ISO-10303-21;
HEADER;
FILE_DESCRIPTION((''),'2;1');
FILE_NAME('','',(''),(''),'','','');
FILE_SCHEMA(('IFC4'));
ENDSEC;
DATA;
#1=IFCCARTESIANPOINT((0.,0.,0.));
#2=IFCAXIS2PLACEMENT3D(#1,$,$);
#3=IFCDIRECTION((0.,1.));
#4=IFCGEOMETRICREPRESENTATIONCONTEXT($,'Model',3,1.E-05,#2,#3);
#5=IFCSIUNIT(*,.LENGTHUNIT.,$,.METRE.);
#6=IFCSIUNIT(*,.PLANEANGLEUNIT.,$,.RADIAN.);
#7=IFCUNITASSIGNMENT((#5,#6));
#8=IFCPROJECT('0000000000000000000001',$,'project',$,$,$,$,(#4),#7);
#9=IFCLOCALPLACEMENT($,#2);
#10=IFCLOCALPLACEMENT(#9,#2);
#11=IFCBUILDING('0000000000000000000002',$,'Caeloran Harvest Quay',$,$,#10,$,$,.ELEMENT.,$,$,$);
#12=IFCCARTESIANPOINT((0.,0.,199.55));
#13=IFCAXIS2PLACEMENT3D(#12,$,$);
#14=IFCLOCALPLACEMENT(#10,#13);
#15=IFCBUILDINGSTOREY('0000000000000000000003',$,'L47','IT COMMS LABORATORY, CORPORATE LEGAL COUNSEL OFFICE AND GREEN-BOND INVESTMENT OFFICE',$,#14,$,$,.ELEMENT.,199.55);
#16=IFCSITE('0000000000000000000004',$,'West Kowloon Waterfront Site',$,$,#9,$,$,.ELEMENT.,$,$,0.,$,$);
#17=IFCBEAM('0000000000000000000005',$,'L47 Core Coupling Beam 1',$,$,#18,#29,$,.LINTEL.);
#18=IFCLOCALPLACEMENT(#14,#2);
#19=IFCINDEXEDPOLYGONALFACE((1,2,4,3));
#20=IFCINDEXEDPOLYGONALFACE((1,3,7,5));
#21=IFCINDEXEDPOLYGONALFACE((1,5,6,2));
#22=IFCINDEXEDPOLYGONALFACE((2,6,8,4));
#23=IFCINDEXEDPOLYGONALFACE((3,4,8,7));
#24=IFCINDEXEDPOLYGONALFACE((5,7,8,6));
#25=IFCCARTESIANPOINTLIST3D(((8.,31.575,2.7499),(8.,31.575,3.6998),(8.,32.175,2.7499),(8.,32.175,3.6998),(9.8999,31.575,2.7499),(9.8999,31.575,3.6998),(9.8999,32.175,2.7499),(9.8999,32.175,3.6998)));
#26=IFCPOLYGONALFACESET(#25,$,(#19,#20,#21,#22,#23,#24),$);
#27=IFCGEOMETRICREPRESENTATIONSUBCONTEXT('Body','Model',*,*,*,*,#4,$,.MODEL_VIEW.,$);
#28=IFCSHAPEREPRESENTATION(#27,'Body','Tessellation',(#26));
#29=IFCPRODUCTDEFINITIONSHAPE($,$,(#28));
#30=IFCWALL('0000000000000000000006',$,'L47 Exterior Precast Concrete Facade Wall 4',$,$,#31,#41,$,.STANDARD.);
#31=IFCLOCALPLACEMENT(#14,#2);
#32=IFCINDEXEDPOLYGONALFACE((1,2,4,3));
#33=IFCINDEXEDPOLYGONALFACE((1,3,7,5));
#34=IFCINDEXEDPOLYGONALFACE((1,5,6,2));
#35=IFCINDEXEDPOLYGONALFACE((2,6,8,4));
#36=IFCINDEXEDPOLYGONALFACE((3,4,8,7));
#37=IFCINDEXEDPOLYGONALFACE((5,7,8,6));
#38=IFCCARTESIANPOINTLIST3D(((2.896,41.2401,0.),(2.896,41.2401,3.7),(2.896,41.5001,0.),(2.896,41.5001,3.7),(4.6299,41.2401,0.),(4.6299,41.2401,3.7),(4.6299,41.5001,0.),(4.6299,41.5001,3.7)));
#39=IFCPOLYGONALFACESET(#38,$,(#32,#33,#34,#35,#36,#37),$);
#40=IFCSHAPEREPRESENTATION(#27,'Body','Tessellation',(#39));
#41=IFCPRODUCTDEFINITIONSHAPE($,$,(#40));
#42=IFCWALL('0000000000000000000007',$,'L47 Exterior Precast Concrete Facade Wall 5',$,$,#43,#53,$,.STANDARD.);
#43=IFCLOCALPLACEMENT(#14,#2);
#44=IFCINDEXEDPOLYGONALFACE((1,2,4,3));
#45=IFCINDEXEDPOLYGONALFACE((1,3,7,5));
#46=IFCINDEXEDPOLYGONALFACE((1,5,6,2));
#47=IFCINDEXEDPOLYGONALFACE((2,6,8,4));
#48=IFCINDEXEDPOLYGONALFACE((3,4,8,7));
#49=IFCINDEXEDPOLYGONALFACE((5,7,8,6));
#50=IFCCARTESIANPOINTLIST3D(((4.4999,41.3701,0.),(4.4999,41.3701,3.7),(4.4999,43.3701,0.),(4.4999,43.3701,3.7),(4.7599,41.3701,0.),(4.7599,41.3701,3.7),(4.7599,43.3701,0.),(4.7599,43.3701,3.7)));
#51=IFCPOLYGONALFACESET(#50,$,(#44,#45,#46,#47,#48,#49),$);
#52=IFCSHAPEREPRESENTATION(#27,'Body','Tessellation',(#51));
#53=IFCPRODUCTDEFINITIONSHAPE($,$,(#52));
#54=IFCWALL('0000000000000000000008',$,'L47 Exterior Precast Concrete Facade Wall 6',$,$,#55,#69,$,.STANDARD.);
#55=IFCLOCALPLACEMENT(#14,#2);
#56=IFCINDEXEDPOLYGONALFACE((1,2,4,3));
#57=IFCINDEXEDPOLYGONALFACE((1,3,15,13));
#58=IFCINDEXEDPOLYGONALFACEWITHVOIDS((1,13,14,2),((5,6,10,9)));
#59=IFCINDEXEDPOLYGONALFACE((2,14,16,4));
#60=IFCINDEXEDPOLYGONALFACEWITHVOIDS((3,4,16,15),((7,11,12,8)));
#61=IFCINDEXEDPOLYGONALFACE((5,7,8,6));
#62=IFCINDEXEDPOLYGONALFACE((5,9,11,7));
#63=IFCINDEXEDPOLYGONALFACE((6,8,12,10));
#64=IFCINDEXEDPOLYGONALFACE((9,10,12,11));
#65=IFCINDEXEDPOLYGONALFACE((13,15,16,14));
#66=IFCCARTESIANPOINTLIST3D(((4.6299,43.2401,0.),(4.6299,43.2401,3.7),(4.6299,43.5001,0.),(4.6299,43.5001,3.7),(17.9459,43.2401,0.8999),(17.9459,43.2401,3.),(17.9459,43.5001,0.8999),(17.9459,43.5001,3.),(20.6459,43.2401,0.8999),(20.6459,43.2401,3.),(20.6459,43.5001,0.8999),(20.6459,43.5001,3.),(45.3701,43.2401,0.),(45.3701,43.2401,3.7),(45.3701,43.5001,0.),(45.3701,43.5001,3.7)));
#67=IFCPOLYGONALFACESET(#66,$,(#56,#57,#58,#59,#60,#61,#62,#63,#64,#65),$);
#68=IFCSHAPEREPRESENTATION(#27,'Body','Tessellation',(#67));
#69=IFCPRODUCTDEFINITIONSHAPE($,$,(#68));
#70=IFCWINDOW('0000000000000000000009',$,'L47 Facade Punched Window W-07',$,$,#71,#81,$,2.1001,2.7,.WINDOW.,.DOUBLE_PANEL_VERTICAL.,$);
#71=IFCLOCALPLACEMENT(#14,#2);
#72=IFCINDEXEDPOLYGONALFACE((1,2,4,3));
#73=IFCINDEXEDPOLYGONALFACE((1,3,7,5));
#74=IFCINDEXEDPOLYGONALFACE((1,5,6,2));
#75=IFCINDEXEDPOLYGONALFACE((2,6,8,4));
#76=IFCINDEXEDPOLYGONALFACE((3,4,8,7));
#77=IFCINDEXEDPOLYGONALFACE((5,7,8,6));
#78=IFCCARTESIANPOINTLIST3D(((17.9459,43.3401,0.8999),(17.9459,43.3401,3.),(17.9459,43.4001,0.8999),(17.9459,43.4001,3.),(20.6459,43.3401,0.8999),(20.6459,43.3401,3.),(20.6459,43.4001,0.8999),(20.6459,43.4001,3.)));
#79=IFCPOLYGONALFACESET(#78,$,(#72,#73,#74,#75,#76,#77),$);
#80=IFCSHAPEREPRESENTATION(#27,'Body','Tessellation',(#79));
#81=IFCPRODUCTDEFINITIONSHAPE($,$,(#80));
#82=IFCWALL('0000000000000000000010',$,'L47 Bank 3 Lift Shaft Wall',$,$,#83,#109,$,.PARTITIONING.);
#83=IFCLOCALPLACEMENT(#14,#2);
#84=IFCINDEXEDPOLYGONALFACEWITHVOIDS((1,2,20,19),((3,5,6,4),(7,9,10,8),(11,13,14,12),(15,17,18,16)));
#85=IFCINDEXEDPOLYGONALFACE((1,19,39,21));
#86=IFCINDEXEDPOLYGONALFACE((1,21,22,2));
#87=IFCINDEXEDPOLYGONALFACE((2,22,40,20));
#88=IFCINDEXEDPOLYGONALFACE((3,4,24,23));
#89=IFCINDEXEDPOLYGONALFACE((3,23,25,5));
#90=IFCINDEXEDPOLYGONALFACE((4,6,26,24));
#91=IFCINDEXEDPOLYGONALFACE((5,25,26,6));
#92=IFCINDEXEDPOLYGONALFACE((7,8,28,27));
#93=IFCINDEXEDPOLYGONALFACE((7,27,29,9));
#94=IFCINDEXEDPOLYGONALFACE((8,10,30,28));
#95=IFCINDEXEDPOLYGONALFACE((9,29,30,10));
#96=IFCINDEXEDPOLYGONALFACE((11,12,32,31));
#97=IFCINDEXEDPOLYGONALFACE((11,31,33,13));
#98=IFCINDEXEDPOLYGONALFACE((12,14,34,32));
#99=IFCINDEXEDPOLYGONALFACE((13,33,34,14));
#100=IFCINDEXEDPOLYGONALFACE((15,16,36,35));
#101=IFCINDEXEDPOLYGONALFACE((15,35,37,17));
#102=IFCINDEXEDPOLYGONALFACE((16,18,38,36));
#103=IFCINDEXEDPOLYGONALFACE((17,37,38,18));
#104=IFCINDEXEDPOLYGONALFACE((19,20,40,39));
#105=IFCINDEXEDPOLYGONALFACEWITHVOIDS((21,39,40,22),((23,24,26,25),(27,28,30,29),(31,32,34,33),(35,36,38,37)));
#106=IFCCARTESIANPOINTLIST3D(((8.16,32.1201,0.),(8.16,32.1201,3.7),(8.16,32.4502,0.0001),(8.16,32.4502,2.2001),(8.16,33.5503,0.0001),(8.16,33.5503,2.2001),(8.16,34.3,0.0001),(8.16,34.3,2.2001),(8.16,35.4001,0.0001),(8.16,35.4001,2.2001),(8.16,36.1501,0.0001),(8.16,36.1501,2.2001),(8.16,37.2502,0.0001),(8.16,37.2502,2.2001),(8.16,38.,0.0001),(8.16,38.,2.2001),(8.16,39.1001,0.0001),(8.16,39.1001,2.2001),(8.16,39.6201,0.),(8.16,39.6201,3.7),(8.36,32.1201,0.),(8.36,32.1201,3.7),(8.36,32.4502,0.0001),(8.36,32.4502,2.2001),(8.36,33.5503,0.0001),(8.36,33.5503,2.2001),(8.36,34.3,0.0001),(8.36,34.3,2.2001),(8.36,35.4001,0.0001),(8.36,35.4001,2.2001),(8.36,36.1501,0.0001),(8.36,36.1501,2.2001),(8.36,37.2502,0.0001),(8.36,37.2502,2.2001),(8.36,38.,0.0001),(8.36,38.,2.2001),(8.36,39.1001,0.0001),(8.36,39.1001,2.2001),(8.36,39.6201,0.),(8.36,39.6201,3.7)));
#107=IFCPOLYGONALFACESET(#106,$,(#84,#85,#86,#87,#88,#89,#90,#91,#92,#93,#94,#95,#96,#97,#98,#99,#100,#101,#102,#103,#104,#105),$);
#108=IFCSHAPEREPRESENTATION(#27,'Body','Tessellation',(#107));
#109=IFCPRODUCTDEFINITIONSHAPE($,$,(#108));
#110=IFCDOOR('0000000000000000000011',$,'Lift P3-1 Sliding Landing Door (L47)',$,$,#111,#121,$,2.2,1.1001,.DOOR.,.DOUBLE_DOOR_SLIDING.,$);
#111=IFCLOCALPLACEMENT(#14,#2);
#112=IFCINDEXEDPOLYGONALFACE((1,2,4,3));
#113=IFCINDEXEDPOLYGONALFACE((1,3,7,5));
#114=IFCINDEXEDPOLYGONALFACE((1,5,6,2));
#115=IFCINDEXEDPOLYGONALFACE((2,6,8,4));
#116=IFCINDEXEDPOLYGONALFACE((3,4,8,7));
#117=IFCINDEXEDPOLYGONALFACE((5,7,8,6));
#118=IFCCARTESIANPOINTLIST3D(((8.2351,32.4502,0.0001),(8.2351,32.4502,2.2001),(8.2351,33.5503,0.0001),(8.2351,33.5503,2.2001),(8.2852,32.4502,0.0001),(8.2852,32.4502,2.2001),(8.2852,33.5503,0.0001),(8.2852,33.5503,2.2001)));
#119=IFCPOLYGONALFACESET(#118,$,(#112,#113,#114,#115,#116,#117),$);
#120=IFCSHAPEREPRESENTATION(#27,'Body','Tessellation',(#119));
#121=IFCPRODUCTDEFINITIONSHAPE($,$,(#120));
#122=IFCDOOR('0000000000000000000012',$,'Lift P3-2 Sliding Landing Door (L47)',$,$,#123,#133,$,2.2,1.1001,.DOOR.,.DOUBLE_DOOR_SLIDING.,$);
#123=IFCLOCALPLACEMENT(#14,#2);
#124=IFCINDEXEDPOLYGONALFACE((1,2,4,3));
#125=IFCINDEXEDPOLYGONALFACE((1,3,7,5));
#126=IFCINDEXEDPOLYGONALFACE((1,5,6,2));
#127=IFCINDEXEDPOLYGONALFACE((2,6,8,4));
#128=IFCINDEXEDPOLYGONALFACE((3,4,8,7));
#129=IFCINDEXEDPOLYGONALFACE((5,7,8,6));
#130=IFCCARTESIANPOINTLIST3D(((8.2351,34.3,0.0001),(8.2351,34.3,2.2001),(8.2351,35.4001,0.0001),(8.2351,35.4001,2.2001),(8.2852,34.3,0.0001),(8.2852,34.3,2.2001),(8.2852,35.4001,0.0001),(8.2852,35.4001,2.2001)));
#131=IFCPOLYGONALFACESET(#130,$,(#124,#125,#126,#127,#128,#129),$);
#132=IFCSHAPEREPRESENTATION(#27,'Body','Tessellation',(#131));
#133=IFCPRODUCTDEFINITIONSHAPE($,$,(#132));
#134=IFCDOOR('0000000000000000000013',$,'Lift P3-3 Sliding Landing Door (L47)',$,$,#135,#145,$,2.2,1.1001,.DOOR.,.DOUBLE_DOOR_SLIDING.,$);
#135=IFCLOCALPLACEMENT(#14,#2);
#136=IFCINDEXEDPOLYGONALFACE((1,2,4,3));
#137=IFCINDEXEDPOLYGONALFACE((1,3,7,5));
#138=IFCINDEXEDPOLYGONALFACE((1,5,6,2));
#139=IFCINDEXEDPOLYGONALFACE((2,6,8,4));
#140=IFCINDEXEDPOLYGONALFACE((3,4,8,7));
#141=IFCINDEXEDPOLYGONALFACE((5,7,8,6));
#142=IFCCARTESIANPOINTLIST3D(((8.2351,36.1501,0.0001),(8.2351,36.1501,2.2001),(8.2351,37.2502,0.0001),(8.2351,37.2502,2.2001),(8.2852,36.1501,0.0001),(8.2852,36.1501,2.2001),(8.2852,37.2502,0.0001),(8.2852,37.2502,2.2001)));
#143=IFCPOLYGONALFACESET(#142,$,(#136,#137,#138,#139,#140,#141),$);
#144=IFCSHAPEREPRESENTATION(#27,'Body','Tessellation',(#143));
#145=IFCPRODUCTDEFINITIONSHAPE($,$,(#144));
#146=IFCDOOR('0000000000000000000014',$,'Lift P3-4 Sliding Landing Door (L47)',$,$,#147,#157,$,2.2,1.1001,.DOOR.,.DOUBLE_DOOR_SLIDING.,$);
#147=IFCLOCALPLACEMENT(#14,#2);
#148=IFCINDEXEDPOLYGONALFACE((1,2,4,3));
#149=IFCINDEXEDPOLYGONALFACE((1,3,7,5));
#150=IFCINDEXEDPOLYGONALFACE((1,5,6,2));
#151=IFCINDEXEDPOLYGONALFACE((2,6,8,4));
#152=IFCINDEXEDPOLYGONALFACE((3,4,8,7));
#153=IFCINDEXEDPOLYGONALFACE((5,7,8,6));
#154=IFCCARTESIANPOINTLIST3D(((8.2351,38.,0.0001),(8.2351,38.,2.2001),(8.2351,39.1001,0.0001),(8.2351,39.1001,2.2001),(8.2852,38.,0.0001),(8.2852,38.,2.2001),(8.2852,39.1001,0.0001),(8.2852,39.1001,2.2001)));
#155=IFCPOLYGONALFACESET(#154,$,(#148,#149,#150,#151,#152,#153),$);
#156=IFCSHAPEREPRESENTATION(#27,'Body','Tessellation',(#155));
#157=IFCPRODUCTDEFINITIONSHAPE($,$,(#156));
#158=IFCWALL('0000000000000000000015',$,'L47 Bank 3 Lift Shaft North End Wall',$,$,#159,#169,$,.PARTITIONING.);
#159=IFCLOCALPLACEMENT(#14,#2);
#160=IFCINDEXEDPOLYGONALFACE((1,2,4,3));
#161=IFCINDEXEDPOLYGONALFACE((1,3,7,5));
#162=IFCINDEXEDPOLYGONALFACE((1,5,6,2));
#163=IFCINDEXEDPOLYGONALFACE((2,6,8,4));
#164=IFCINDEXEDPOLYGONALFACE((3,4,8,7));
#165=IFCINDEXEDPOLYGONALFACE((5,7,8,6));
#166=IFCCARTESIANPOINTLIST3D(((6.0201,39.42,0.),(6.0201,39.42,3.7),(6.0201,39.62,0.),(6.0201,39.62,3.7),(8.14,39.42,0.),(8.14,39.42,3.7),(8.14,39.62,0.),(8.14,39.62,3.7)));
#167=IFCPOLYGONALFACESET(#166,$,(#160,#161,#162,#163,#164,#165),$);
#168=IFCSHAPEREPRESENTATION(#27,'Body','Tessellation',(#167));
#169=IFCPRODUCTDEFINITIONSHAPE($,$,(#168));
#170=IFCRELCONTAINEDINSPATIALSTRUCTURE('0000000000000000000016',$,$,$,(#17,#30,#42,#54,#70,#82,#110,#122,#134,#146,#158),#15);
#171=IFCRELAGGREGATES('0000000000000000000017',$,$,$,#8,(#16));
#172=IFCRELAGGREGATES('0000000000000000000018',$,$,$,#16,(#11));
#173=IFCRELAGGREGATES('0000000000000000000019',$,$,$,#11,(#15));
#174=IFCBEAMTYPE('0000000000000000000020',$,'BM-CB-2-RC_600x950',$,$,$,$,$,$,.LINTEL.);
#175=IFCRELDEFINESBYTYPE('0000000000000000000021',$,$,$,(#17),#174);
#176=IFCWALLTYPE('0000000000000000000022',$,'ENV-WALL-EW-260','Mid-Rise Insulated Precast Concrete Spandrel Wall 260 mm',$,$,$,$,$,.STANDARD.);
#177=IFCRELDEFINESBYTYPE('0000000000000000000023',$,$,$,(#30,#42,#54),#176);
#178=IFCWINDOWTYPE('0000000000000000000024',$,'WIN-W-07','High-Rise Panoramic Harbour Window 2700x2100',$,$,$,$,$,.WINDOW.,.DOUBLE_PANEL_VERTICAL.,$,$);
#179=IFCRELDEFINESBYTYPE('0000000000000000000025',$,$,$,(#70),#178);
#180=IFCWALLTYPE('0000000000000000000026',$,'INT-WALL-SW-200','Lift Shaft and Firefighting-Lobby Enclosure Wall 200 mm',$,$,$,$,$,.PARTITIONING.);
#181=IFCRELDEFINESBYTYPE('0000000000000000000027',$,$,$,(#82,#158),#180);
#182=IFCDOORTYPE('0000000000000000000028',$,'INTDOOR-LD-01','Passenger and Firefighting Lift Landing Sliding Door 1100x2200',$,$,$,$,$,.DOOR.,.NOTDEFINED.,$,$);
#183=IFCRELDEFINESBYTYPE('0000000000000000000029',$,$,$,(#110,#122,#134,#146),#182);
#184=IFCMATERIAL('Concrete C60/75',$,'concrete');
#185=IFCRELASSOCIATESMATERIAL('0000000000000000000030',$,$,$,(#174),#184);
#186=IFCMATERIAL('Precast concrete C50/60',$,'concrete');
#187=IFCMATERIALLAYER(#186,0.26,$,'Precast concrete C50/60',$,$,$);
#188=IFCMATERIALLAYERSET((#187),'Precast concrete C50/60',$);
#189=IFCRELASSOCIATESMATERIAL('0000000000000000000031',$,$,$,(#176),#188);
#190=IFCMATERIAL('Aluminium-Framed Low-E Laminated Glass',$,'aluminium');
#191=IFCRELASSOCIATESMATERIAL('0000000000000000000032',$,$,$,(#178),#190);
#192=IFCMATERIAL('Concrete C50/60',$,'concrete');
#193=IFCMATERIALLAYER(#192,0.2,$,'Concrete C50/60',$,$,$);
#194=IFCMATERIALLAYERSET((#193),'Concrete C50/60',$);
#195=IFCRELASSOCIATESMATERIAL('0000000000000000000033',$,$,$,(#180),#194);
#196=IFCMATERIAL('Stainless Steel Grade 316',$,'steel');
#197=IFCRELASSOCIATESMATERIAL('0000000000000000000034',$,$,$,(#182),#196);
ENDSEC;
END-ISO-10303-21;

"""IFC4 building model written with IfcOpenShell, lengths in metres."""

from ifc_helpers import new_model, si_unit, direction, frame, frame_2d, origin, origin_2d, place, context, subcontext, project, spatial, rectangle, extrude, material, layer, layer_set, material_profile, profile_set, type_object, element, fill, save


model = new_model("IFC4")

# Units and contexts
model_context = context("Model", 3, precision=1e-05, world=origin(), true_north=direction((0.0, 1.0)))
body_context = subcontext(model_context, "Body", "Model", "MODEL_VIEW")
ifc_project = project(units=[si_unit("LENGTHUNIT", "METRE"), si_unit("PLANEANGLEUNIT", "RADIAN")], contexts=[model_context])

# Site, building, storey
site_placement = place(None, origin())
site = spatial("IfcSite", under=ifc_project, at=site_placement, Name="West Kowloon Waterfront Site", CompositionType="ELEMENT", RefElevation=0.0)
building_placement = place(site_placement, origin())
building = spatial("IfcBuilding", under=site, at=building_placement, Name="Caeloran Harvest Quay", CompositionType="ELEMENT")
storey_placement = place(building_placement, frame((0.0, 0.0, 199.55)))
storey = spatial("IfcBuildingStorey", under=building, at=storey_placement, Name="L47", Description="IT COMMS LABORATORY, CORPORATE LEGAL COUNSEL OFFICE AND GREEN-BOND INVESTMENT OFFICE", CompositionType="ELEMENT", Elevation=199.55)

# Beam
ifc_material_1 = material(Name="Concrete C60/75", Category="concrete")
ifc_material_profile = material_profile(ifc_material_1, rectangle(XDim=0.6001, YDim=0.95, at=origin_2d()), Name="RC 600x950")
ifc_profile_set = profile_set([ifc_material_profile], Name="Concrete C60/75")
beam_type = type_object("IfcBeamType", Name="BM-CB-2-RC_600x950", PredefinedType="LINTEL", material=ifc_profile_set)
beam_placement = place(storey_placement, frame((8.0, 31.875, 3.2249), z_axis=(1.0, 0.0, 0.0), x_axis=(0.0, 1.0, 0.0)))
element("IfcBeam", 1, at=beam_placement, inside=storey, type_object=beam_type, Name="L47 Core Coupling Beam 1", PredefinedType="LINTEL", context=body_context, shape_type="SweptSolid", body=[
    extrude(rectangle(XDim=0.6001, YDim=0.95, at=origin_2d()), origin(), (0.0, 0.0, 1.0), 1.8999),
])

# Walls
ifc_material_2 = material(Name="Precast concrete C50/60", Category="concrete")
ifc_layer_1 = layer(ifc_material_2, 0.26, Name="Precast concrete C50/60")
ifc_layer_set_1 = layer_set([ifc_layer_1], Name="Precast concrete C50/60")
wall_type_1 = type_object("IfcWallType", Name="ENV-WALL-EW-260", Description="Mid-Rise Insulated Precast Concrete Spandrel Wall 260 mm", PredefinedType="STANDARD", material=ifc_layer_set_1)
wall_1_placement = place(storey_placement, frame((2.896, 41.3701, 0.0), z_axis=(0.0, 0.0, 1.0), x_axis=(1.0, 0.0, 0.0)))
element("IfcWall", 2, at=wall_1_placement, inside=storey, type_object=wall_type_1, Name="L47 Exterior Precast Concrete Facade Wall 4", PredefinedType="STANDARD", context=body_context, shape_type="SweptSolid", body=[
    extrude(rectangle(XDim=1.7339, YDim=0.26, at=frame_2d((0.8669, 0.0))), origin(), (0.0, 0.0, 1.0), 3.7),
])
wall_2_placement = place(storey_placement, frame((4.6299, 41.3701, 0.0), z_axis=(0.0, 0.0, 1.0), x_axis=(0.0, 1.0, 0.0)))
element("IfcWall", 3, at=wall_2_placement, inside=storey, type_object=wall_type_1, Name="L47 Exterior Precast Concrete Facade Wall 5", PredefinedType="STANDARD", context=body_context, shape_type="SweptSolid", body=[
    extrude(rectangle(XDim=2.0, YDim=0.26, at=frame_2d((1.0, 0.0))), origin(), (0.0, 0.0, 1.0), 3.7),
])

# Wall, opening, window
wall_3_placement = place(storey_placement, frame((4.6299, 43.3701, 0.0), z_axis=(0.0, 0.0, 1.0), x_axis=(1.0, 0.0, 0.0)))
wall_3 = element("IfcWall", 4, at=wall_3_placement, inside=storey, type_object=wall_type_1, Name="L47 Exterior Precast Concrete Facade Wall 6", PredefinedType="STANDARD", context=body_context, shape_type="SweptSolid", body=[
    extrude(rectangle(XDim=40.7402, YDim=0.26, at=frame_2d((20.3701, 0.0))), origin(), (0.0, 0.0, 1.0), 3.7),
])
opening_1_placement = place(wall_3_placement, frame((13.3159, 0.0, 0.8999)))
opening_1 = element("IfcOpeningElement", 5, at=opening_1_placement, cuts=wall_3, PredefinedType="OPENING", context=body_context, shape_type="SweptSolid", body=[
    extrude(rectangle(XDim=2.7, YDim=2.1001, at=frame_2d((1.3501, 1.05))), frame((0.0, 0.1401, 0.0), z_axis=(0.0, -1.0, 0.0), x_axis=(1.0, 0.0, 0.0)), (0.0, 0.0, 1.0), 0.28),
])
ifc_material_3 = material(Name="Aluminium-Framed Low-E Laminated Glass", Category="aluminium")
window_type = type_object("IfcWindowType", Name="WIN-W-07", Description="High-Rise Panoramic Harbour Window 2700x2100", PartitioningType="DOUBLE_PANEL_VERTICAL", PredefinedType="WINDOW", material=ifc_material_3)
window_placement = place(opening_1_placement, origin())
window = element("IfcWindow", 6, at=window_placement, inside=storey, type_object=window_type, Name="L47 Facade Punched Window W-07", OverallHeight=2.1001, OverallWidth=2.7, PartitioningType="DOUBLE_PANEL_VERTICAL", PredefinedType="WINDOW", context=body_context, shape_type="SweptSolid", body=[
    extrude(rectangle(XDim=2.7, YDim=2.1001, at=frame_2d((1.3501, 1.05))), frame((0.0, 0.03, 0.0), z_axis=(0.0, -1.0, 0.0), x_axis=(1.0, 0.0, 0.0)), (0.0, 0.0, 1.0), 0.0601),
])
fill(opening_1, window)

# Wall, openings, doors
ifc_material_4 = material(Name="Concrete C50/60", Category="concrete")
ifc_layer_2 = layer(ifc_material_4, 0.2, Name="Concrete C50/60")
ifc_layer_set_2 = layer_set([ifc_layer_2], Name="Concrete C50/60")
wall_type_2 = type_object("IfcWallType", Name="INT-WALL-SW-200", Description="Lift Shaft and Firefighting-Lobby Enclosure Wall 200 mm", PredefinedType="PARTITIONING", material=ifc_layer_set_2)
wall_4_placement = place(storey_placement, frame((8.26, 32.1201, 0.0), z_axis=(0.0, 0.0, 1.0), x_axis=(0.0, 1.0, 0.0)))
wall_4 = element("IfcWall", 7, at=wall_4_placement, inside=storey, type_object=wall_type_2, Name="L47 Bank 3 Lift Shaft Wall", PredefinedType="PARTITIONING", context=body_context, shape_type="SweptSolid", body=[
    extrude(rectangle(XDim=7.5, YDim=0.2, at=frame_2d((3.75, 0.0))), origin(), (0.0, 0.0, 1.0), 3.7),
])
opening_2_placement = place(wall_4_placement, frame((0.3301, 0.0, 0.0)))
opening_2 = element("IfcOpeningElement", 8, at=opening_2_placement, cuts=wall_4, PredefinedType="OPENING", context=body_context, shape_type="SweptSolid", body=[
    extrude(rectangle(XDim=1.1001, YDim=2.2, at=frame_2d((0.55, 1.1001))), frame((0.0, 0.1099, 0.0), z_axis=(0.0, -1.0, 0.0), x_axis=(1.0, 0.0, 0.0)), (0.0, 0.0, 1.0), 0.22),
])
opening_3_placement = place(wall_4_placement, frame((2.1799, 0.0, 0.0)))
opening_3 = element("IfcOpeningElement", 9, at=opening_3_placement, cuts=wall_4, PredefinedType="OPENING", context=body_context, shape_type="SweptSolid", body=[
    extrude(rectangle(XDim=1.1001, YDim=2.2, at=frame_2d((0.55, 1.1001))), frame((0.0, 0.1099, 0.0), z_axis=(0.0, -1.0, 0.0), x_axis=(1.0, 0.0, 0.0)), (0.0, 0.0, 1.0), 0.22),
])
opening_4_placement = place(wall_4_placement, frame((4.03, 0.0, 0.0)))
opening_4 = element("IfcOpeningElement", 10, at=opening_4_placement, cuts=wall_4, PredefinedType="OPENING", context=body_context, shape_type="SweptSolid", body=[
    extrude(rectangle(XDim=1.1001, YDim=2.2, at=frame_2d((0.55, 1.1001))), frame((0.0, 0.1099, 0.0), z_axis=(0.0, -1.0, 0.0), x_axis=(1.0, 0.0, 0.0)), (0.0, 0.0, 1.0), 0.22),
])
opening_5_placement = place(wall_4_placement, frame((5.8799, 0.0, 0.0)))
opening_5 = element("IfcOpeningElement", 11, at=opening_5_placement, cuts=wall_4, PredefinedType="OPENING", context=body_context, shape_type="SweptSolid", body=[
    extrude(rectangle(XDim=1.1001, YDim=2.2, at=frame_2d((0.55, 1.1001))), frame((0.0, 0.1099, 0.0), z_axis=(0.0, -1.0, 0.0), x_axis=(1.0, 0.0, 0.0)), (0.0, 0.0, 1.0), 0.22),
])
ifc_material_5 = material(Name="Stainless Steel Grade 316", Category="steel")
door_type_1 = type_object("IfcDoorType", Name="INTDOOR-LD-01", Description="Passenger and Firefighting Lift Landing Sliding Door 1100x2200", OperationType="NOTDEFINED", PredefinedType="DOOR", material=ifc_material_5)
door_1_placement = place(opening_2_placement, origin())
door_1 = element("IfcDoor", 12, at=door_1_placement, inside=storey, type_object=door_type_1, Name="Lift P3-1 Sliding Landing Door (L47)", OperationType="DOUBLE_DOOR_SLIDING", OverallHeight=2.2, OverallWidth=1.1001, PredefinedType="DOOR", context=body_context, shape_type="SweptSolid", body=[
    extrude(rectangle(XDim=1.1001, YDim=2.2, at=frame_2d((0.55, 1.1001))), frame((0.0, 0.0249, 0.0), z_axis=(0.0, -1.0, 0.0), x_axis=(1.0, 0.0, 0.0)), (0.0, 0.0, 1.0), 0.05),
])
fill(opening_2, door_1)
door_2_placement = place(opening_3_placement, origin())
door_2 = element("IfcDoor", 13, at=door_2_placement, inside=storey, type_object=door_type_1, Name="Lift P3-2 Sliding Landing Door (L47)", OperationType="DOUBLE_DOOR_SLIDING", OverallHeight=2.2, OverallWidth=1.1001, PredefinedType="DOOR", context=body_context, shape_type="SweptSolid", body=[
    extrude(rectangle(XDim=1.1001, YDim=2.2, at=frame_2d((0.55, 1.1001))), frame((0.0, 0.0249, 0.0), z_axis=(0.0, -1.0, 0.0), x_axis=(1.0, 0.0, 0.0)), (0.0, 0.0, 1.0), 0.05),
])
fill(opening_3, door_2)
door_3_placement = place(opening_4_placement, origin())
door_3 = element("IfcDoor", 14, at=door_3_placement, inside=storey, type_object=door_type_1, Name="Lift P3-3 Sliding Landing Door (L47)", OperationType="DOUBLE_DOOR_SLIDING", OverallHeight=2.2, OverallWidth=1.1001, PredefinedType="DOOR", context=body_context, shape_type="SweptSolid", body=[
    extrude(rectangle(XDim=1.1001, YDim=2.2, at=frame_2d((0.55, 1.1001))), frame((0.0, 0.0249, 0.0), z_axis=(0.0, -1.0, 0.0), x_axis=(1.0, 0.0, 0.0)), (0.0, 0.0, 1.0), 0.05),
])
fill(opening_4, door_3)
door_4_placement = place(opening_5_placement, origin())
door_4 = element("IfcDoor", 15, at=door_4_placement, inside=storey, type_object=door_type_1, Name="Lift P3-4 Sliding Landing Door (L47)", OperationType="DOUBLE_DOOR_SLIDING", OverallHeight=2.2, OverallWidth=1.1001, PredefinedType="DOOR", context=body_context, shape_type="SweptSolid", body=[
    extrude(rectangle(XDim=1.1001, YDim=2.2, at=frame_2d((0.55, 1.1001))), frame((0.0, 0.0249, 0.0), z_axis=(0.0, -1.0, 0.0), x_axis=(1.0, 0.0, 0.0)), (0.0, 0.0, 1.0), 0.05),
])
fill(opening_5, door_4)

# Wall
wall_5_placement = place(storey_placement, frame((6.02, 39.52, 0.0), z_axis=(0.0, 0.0, 1.0), x_axis=(1.0, 0.0, 0.0)))
element("IfcWall", 16, at=wall_5_placement, inside=storey, type_object=wall_type_2, Name="L47 Bank 3 Lift Shaft North End Wall", PredefinedType="PARTITIONING", context=body_context, shape_type="SweptSolid", body=[
    extrude(rectangle(XDim=2.1199, YDim=0.2, at=frame_2d((1.0601, 0.0))), origin(), (0.0, 0.0, 1.0), 3.7),
])

save(model, "model.ifc")
